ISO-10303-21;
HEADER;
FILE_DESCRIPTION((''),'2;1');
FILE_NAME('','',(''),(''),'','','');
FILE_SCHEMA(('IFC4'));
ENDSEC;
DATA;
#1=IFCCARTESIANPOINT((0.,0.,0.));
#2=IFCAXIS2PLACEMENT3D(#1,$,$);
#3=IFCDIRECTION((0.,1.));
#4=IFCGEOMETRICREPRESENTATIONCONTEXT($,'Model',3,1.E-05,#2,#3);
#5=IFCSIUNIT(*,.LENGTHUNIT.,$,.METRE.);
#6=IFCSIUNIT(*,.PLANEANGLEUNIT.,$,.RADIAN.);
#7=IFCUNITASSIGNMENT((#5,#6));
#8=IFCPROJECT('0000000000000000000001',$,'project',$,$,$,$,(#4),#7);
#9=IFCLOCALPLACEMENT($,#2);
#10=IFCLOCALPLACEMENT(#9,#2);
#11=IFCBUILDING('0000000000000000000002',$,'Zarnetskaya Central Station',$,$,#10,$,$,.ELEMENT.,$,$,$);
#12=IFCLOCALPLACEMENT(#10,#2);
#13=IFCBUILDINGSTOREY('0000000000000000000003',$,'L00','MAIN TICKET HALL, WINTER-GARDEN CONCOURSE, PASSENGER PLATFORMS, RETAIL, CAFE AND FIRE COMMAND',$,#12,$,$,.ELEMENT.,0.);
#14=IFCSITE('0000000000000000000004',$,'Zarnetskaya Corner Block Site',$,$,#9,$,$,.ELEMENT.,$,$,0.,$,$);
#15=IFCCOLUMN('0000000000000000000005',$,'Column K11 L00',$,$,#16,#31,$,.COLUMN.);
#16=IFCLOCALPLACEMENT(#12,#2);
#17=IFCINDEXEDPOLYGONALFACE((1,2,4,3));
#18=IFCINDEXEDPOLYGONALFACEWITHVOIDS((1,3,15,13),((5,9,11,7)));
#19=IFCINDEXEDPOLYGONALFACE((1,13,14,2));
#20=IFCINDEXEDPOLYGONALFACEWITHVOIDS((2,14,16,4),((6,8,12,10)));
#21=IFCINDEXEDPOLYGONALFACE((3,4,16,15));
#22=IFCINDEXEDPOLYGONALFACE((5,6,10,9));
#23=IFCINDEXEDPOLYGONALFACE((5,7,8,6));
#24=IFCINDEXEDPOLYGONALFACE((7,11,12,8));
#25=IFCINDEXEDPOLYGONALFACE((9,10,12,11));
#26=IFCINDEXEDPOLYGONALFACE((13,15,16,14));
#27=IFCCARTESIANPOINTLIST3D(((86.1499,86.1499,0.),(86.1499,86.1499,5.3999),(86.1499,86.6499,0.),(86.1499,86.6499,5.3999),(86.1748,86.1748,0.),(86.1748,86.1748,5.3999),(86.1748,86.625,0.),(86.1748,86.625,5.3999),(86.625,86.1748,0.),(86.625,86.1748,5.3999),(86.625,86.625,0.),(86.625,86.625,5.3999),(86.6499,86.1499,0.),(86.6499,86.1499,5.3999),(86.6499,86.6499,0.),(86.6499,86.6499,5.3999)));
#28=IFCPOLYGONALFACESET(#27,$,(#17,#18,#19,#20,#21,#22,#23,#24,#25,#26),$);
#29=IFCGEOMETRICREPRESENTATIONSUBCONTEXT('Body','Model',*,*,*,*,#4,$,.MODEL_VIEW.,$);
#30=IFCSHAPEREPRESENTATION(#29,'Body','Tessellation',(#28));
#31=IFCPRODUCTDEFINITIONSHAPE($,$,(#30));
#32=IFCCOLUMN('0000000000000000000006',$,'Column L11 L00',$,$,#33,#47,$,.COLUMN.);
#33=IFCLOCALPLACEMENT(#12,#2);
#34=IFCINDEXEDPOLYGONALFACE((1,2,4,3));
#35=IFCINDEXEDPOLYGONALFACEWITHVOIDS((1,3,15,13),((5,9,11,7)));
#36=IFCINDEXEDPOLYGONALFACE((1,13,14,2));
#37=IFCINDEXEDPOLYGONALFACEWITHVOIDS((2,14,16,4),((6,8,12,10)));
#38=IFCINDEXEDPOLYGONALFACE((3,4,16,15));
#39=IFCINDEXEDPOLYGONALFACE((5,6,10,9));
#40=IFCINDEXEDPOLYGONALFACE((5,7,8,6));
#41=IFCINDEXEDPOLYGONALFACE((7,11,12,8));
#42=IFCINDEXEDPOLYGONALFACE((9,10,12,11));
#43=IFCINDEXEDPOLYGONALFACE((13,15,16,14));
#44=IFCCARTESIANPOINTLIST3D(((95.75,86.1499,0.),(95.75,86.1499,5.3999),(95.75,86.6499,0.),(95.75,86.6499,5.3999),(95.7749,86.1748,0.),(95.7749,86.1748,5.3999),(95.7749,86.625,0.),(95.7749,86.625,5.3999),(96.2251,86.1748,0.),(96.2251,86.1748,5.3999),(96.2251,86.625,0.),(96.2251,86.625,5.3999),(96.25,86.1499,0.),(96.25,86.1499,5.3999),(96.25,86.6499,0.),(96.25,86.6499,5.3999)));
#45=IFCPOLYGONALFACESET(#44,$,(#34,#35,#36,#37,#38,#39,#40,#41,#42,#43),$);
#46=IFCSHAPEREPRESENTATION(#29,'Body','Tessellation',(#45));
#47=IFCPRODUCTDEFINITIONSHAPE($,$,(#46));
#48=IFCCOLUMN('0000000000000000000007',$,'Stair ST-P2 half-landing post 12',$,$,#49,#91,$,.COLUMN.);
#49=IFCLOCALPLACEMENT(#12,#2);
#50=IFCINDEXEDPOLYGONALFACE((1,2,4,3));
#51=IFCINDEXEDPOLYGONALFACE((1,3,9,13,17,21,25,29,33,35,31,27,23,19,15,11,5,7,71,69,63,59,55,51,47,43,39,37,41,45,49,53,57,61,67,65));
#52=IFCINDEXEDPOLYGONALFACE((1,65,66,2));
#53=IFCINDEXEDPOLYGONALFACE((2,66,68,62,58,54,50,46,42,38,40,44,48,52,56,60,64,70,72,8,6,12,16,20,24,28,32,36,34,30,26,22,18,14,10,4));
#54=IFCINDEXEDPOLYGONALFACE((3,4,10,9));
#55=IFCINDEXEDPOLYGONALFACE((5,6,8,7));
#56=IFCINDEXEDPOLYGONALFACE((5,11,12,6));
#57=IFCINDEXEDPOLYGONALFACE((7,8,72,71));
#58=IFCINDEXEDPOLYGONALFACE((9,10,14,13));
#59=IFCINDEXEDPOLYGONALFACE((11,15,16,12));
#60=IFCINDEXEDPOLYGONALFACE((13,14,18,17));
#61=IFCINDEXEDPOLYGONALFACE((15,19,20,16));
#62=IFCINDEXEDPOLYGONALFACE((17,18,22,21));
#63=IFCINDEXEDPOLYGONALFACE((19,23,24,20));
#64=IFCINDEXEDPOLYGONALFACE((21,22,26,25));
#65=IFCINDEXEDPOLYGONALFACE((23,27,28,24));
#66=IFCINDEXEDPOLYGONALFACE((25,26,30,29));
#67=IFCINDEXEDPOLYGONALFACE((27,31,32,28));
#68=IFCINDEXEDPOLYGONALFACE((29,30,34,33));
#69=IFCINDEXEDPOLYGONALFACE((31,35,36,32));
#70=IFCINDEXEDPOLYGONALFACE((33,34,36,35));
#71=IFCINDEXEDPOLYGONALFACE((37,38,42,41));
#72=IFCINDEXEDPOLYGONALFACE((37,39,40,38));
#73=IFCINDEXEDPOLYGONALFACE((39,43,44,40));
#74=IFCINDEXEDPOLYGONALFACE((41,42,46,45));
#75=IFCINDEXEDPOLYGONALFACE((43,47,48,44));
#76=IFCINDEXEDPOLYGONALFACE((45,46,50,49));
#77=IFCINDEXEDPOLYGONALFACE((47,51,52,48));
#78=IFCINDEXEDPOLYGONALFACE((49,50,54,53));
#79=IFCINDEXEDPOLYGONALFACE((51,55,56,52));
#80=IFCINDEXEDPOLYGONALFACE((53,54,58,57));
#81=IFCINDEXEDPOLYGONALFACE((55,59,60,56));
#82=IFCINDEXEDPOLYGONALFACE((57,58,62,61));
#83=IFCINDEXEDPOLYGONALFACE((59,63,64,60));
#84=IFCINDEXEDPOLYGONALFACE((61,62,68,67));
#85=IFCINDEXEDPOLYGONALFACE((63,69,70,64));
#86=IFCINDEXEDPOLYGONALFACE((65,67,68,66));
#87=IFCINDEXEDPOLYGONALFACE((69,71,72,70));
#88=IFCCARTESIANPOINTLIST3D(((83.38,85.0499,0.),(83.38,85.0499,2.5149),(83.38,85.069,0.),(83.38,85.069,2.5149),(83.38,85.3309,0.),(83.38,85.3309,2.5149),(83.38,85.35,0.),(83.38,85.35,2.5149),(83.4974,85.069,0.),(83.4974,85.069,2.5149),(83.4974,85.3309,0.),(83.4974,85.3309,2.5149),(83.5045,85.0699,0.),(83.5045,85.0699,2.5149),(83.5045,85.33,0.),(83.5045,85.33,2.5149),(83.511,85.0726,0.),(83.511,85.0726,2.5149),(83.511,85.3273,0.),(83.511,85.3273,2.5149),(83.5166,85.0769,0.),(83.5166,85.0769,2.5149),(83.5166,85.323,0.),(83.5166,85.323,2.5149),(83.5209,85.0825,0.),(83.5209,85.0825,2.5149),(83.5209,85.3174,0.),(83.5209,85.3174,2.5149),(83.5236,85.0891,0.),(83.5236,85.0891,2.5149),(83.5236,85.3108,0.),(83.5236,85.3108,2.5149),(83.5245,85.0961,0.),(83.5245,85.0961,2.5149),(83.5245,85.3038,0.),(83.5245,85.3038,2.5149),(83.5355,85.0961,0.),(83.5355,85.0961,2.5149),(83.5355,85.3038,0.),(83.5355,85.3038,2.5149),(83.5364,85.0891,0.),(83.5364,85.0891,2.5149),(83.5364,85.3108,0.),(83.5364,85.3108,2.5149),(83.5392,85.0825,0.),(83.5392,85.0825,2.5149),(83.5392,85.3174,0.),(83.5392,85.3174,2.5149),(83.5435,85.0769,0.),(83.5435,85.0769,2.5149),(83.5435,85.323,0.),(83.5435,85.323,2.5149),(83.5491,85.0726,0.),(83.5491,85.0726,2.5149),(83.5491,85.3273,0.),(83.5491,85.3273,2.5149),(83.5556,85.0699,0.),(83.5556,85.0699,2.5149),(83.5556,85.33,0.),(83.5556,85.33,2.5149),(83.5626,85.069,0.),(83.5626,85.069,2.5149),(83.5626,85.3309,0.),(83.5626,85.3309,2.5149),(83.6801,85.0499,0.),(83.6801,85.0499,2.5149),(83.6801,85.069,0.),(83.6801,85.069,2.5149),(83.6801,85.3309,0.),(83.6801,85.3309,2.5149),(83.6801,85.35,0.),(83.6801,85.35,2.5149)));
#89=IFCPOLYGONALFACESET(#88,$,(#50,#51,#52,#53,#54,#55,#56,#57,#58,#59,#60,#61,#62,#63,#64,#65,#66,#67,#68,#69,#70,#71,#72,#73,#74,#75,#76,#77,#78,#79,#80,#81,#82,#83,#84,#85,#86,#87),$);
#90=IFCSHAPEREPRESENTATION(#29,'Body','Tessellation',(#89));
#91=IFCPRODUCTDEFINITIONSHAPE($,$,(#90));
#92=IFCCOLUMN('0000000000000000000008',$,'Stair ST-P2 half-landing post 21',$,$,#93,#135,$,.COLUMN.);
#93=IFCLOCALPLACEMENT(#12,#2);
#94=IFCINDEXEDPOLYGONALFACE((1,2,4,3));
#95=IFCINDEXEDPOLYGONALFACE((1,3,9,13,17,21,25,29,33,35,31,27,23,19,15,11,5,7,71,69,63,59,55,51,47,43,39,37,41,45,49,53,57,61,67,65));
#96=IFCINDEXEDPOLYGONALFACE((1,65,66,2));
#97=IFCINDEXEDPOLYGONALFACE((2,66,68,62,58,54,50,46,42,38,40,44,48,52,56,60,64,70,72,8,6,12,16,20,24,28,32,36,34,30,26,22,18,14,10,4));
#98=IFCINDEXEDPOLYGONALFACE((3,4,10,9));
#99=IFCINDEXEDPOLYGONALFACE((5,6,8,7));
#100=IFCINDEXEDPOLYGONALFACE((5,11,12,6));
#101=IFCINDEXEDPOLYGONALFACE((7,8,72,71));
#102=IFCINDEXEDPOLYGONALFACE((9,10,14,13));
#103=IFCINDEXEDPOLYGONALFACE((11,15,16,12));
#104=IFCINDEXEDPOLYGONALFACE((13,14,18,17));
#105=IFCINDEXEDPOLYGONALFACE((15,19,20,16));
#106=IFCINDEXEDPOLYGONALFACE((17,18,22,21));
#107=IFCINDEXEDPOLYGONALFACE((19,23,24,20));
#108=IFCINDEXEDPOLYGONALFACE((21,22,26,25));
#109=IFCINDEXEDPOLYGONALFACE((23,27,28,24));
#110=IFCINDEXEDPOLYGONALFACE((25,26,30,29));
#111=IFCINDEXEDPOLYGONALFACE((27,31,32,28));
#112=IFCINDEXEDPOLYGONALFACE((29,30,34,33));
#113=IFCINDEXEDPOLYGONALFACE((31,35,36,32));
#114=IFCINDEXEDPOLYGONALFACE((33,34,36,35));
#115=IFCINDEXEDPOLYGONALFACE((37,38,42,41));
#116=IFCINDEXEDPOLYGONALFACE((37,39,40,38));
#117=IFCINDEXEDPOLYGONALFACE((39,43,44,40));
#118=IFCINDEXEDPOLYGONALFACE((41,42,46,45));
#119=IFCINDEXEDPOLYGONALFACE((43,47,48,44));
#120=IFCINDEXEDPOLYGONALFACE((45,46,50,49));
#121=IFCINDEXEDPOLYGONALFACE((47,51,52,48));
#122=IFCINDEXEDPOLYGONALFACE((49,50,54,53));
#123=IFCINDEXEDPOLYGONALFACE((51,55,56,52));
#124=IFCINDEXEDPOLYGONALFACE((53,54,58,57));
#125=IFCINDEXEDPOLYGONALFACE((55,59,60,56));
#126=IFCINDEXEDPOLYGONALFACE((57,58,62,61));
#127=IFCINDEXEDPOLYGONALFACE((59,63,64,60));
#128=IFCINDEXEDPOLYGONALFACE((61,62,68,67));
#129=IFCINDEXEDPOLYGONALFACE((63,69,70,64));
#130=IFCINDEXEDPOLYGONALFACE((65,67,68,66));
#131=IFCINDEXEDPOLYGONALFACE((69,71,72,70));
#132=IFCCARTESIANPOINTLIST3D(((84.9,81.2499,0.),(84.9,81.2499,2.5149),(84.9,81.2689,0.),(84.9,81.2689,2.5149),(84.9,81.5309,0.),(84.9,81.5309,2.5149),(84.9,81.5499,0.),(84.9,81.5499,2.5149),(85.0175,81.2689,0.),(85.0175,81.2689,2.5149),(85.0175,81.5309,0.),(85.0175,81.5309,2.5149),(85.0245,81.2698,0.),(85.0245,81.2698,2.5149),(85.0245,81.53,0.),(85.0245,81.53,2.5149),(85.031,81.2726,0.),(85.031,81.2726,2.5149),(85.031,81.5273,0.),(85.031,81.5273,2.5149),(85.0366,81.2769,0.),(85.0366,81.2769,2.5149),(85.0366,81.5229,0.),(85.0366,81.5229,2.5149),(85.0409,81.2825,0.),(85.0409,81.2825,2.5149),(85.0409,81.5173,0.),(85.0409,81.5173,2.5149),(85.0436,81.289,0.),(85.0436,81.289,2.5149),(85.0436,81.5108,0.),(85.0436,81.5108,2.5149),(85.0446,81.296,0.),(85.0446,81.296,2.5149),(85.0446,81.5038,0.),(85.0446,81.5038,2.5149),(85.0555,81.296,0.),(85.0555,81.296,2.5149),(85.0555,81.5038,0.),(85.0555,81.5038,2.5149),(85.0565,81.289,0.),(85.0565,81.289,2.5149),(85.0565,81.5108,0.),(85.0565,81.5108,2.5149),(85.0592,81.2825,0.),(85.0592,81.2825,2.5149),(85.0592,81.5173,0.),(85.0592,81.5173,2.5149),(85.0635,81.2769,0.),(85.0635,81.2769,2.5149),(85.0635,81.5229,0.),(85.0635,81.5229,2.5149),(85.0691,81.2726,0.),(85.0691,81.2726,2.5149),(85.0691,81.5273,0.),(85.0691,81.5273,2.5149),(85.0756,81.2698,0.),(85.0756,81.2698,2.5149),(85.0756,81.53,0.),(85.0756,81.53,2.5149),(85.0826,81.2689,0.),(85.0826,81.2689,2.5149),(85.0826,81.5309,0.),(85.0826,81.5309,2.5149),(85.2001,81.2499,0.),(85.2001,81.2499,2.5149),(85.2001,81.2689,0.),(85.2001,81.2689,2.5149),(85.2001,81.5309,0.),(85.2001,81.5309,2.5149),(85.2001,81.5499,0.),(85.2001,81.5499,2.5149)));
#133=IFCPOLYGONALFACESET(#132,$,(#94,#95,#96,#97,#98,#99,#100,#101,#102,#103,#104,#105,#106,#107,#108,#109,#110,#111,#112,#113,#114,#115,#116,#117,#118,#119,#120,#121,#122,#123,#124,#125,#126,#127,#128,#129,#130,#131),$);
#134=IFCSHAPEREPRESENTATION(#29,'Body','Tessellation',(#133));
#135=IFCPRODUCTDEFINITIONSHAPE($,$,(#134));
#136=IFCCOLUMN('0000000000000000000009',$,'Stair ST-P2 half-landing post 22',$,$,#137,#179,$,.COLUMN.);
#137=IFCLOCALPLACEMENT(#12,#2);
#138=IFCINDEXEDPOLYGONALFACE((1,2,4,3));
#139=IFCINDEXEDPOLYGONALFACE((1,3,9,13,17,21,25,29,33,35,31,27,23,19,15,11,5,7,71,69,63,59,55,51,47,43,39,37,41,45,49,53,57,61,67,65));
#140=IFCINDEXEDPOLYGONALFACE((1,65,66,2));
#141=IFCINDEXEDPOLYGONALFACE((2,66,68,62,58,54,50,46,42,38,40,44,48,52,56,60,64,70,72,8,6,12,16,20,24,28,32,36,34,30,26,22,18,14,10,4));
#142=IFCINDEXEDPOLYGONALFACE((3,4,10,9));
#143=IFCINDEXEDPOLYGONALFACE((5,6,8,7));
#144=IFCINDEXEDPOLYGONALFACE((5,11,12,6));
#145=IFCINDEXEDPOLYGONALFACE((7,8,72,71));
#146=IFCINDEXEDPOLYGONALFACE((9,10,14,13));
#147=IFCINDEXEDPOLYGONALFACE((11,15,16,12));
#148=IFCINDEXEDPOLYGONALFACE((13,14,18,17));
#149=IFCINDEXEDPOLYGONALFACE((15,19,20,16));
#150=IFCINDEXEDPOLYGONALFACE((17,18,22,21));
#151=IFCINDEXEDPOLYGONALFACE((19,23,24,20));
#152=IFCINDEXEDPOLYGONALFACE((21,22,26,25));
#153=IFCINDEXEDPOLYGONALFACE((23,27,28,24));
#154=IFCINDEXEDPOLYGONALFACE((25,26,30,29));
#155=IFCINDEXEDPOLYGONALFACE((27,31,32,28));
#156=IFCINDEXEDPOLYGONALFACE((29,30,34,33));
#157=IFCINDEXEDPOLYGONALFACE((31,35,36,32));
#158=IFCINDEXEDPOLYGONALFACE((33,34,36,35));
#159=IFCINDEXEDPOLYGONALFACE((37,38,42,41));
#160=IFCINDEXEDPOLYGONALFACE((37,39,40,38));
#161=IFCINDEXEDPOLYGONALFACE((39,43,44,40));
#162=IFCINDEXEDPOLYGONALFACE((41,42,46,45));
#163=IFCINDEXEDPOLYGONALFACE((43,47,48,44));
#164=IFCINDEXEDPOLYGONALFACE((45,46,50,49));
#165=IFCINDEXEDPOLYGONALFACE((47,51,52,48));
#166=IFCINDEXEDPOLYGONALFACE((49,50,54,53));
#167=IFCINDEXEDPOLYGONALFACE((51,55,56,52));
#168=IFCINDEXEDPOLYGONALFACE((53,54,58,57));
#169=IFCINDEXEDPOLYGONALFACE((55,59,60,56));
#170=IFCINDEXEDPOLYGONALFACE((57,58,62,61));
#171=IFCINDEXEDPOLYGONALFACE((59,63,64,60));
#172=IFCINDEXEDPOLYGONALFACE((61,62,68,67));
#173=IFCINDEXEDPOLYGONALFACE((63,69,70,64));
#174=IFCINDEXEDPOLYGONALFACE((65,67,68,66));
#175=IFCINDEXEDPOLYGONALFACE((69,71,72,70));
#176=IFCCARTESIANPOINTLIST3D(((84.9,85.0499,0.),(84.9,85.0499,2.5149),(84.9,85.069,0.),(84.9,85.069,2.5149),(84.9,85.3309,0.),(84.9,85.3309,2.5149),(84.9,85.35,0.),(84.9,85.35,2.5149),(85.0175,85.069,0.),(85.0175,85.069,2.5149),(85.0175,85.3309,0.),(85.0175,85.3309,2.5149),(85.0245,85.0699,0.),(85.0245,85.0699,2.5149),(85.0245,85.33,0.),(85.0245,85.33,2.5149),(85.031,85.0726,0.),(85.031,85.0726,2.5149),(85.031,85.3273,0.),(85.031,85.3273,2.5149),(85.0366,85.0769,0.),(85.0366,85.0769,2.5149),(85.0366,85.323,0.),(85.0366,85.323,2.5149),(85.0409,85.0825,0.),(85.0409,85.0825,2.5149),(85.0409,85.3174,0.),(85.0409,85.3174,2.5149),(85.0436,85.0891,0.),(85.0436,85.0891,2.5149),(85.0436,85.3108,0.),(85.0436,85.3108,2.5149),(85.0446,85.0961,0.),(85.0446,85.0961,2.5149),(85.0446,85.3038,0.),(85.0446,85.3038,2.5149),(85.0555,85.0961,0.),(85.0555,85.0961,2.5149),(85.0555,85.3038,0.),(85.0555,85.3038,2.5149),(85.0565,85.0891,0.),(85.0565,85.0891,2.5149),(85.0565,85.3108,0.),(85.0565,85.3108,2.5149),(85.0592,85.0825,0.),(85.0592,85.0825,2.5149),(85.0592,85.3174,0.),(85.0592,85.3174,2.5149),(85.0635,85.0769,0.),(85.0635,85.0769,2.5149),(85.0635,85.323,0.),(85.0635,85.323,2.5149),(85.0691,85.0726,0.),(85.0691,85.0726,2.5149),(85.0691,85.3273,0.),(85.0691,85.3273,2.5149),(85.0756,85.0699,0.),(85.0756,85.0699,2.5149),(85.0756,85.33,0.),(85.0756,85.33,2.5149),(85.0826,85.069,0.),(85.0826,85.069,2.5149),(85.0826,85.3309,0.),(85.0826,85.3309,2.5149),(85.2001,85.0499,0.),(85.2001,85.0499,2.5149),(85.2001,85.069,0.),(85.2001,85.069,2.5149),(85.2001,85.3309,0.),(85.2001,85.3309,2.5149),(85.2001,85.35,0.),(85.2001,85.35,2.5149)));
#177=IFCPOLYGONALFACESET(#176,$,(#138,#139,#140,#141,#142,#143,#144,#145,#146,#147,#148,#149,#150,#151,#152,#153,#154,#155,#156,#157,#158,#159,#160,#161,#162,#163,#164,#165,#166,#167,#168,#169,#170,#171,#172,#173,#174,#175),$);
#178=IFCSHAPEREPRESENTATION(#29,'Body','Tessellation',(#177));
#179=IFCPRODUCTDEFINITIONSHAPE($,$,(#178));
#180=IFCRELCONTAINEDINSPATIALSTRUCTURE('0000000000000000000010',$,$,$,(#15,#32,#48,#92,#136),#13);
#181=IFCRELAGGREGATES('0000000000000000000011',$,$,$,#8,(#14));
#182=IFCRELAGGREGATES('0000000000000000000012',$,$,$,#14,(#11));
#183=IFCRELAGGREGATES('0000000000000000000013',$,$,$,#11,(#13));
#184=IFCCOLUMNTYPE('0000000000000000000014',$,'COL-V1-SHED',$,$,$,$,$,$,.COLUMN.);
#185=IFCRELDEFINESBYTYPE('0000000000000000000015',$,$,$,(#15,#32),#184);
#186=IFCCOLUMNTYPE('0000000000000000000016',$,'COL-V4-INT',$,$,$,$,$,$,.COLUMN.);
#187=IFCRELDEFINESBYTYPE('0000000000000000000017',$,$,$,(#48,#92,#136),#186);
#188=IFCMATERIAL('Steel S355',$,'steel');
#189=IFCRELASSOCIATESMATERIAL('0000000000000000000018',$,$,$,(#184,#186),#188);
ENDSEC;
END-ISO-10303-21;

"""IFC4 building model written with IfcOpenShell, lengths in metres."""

from ifc_helpers import new_model, si_unit, direction, frame, origin, origin_2d, place, context, subcontext, project, spatial, hollow_rectangle, i_section, extrude, material, material_profile, profile_set, type_object, element, save


model = new_model("IFC4")

# Units and contexts
model_context = context("Model", 3, precision=1e-05, world=origin(), true_north=direction((0.0, 1.0)))
body_context = subcontext(model_context, "Body", "Model", "MODEL_VIEW")
ifc_project = project(units=[si_unit("LENGTHUNIT", "METRE"), si_unit("PLANEANGLEUNIT", "RADIAN")], contexts=[model_context])

# Site, building, storey
site_placement = place(None, origin())
site = spatial("IfcSite", under=ifc_project, at=site_placement, Name="Zarnetskaya Corner Block Site", CompositionType="ELEMENT", RefElevation=0.0)
building_placement = place(site_placement, origin())
building = spatial("IfcBuilding", under=site, at=building_placement, Name="Zarnetskaya Central Station", CompositionType="ELEMENT")
storey_placement = place(building_placement, origin())
storey = spatial("IfcBuildingStorey", under=building, at=storey_placement, Name="L00", Description="MAIN TICKET HALL, WINTER-GARDEN CONCOURSE, PASSENGER PLATFORMS, RETAIL, CAFE AND FIRE COMMAND", CompositionType="ELEMENT", Elevation=0.0)

# Columns
ifc_material_1 = material(Name="Steel S355", Category="steel")
ifc_material_profile_1 = material_profile(ifc_material_1, hollow_rectangle(XDim=0.5, YDim=0.5, WallThickness=0.0249, at=origin_2d()), Name="BOX 500x500x25")
ifc_profile_set_1 = profile_set([ifc_material_profile_1], Name="Steel S355")
column_type_1 = type_object("IfcColumnType", Name="COL-V1-SHED", PredefinedType="COLUMN", material=ifc_profile_set_1)
for number, where, z_axis, x_axis, name in (
    (1, (86.3999, 86.3999, 0.0), (0.0, 0.0, 1.0), (1.0, 0.0, 0.0), "Column K11 L00"),
    (2, (96.0, 86.3999, 0.0), (0.0, 0.0, 1.0), (1.0, 0.0, 0.0), "Column L11 L00"),
):
    element("IfcColumn", number, at=place(storey_placement, frame(where, z_axis=z_axis, x_axis=x_axis)), inside=storey, type_object=column_type_1, Name=name, PredefinedType="COLUMN", context=body_context, shape_type="SweptSolid", body=[
        extrude(hollow_rectangle(XDim=0.5, YDim=0.5, WallThickness=0.0249, at=origin_2d()), origin(), (0.0, 0.0, 1.0), 5.3999),
    ])
ifc_material_profile_2 = material_profile(ifc_material_1, i_section(OverallWidth=0.3, OverallDepth=0.3, WebThickness=0.011, FlangeThickness=0.019, FilletRadius=0.0271, at=origin_2d()), Name="HEB 300")
ifc_profile_set_2 = profile_set([ifc_material_profile_2], Name="Steel S355")
column_type_2 = type_object("IfcColumnType", Name="COL-V4-INT", PredefinedType="COLUMN", material=ifc_profile_set_2)
for number, where, z_axis, x_axis, name in (
    (3, (83.53, 85.2, 0.0), (0.0, 0.0, 1.0), (1.0, 0.0, 0.0), "Stair ST-P2 half-landing post 12"),
    (4, (85.05, 81.3999, 0.0), (0.0, 0.0, 1.0), (1.0, 0.0, 0.0), "Stair ST-P2 half-landing post 21"),
    (5, (85.05, 85.2, 0.0), (0.0, 0.0, 1.0), (1.0, 0.0, 0.0), "Stair ST-P2 half-landing post 22"),
):
    element("IfcColumn", number, at=place(storey_placement, frame(where, z_axis=z_axis, x_axis=x_axis)), inside=storey, type_object=column_type_2, Name=name, PredefinedType="COLUMN", context=body_context, shape_type="SweptSolid", body=[
        extrude(i_section(OverallWidth=0.3, OverallDepth=0.3, WebThickness=0.011, FlangeThickness=0.019, FilletRadius=0.0271, at=origin_2d()), origin(), (0.0, 0.0, 1.0), 2.5149),
    ])

save(model, "model.ifc")
